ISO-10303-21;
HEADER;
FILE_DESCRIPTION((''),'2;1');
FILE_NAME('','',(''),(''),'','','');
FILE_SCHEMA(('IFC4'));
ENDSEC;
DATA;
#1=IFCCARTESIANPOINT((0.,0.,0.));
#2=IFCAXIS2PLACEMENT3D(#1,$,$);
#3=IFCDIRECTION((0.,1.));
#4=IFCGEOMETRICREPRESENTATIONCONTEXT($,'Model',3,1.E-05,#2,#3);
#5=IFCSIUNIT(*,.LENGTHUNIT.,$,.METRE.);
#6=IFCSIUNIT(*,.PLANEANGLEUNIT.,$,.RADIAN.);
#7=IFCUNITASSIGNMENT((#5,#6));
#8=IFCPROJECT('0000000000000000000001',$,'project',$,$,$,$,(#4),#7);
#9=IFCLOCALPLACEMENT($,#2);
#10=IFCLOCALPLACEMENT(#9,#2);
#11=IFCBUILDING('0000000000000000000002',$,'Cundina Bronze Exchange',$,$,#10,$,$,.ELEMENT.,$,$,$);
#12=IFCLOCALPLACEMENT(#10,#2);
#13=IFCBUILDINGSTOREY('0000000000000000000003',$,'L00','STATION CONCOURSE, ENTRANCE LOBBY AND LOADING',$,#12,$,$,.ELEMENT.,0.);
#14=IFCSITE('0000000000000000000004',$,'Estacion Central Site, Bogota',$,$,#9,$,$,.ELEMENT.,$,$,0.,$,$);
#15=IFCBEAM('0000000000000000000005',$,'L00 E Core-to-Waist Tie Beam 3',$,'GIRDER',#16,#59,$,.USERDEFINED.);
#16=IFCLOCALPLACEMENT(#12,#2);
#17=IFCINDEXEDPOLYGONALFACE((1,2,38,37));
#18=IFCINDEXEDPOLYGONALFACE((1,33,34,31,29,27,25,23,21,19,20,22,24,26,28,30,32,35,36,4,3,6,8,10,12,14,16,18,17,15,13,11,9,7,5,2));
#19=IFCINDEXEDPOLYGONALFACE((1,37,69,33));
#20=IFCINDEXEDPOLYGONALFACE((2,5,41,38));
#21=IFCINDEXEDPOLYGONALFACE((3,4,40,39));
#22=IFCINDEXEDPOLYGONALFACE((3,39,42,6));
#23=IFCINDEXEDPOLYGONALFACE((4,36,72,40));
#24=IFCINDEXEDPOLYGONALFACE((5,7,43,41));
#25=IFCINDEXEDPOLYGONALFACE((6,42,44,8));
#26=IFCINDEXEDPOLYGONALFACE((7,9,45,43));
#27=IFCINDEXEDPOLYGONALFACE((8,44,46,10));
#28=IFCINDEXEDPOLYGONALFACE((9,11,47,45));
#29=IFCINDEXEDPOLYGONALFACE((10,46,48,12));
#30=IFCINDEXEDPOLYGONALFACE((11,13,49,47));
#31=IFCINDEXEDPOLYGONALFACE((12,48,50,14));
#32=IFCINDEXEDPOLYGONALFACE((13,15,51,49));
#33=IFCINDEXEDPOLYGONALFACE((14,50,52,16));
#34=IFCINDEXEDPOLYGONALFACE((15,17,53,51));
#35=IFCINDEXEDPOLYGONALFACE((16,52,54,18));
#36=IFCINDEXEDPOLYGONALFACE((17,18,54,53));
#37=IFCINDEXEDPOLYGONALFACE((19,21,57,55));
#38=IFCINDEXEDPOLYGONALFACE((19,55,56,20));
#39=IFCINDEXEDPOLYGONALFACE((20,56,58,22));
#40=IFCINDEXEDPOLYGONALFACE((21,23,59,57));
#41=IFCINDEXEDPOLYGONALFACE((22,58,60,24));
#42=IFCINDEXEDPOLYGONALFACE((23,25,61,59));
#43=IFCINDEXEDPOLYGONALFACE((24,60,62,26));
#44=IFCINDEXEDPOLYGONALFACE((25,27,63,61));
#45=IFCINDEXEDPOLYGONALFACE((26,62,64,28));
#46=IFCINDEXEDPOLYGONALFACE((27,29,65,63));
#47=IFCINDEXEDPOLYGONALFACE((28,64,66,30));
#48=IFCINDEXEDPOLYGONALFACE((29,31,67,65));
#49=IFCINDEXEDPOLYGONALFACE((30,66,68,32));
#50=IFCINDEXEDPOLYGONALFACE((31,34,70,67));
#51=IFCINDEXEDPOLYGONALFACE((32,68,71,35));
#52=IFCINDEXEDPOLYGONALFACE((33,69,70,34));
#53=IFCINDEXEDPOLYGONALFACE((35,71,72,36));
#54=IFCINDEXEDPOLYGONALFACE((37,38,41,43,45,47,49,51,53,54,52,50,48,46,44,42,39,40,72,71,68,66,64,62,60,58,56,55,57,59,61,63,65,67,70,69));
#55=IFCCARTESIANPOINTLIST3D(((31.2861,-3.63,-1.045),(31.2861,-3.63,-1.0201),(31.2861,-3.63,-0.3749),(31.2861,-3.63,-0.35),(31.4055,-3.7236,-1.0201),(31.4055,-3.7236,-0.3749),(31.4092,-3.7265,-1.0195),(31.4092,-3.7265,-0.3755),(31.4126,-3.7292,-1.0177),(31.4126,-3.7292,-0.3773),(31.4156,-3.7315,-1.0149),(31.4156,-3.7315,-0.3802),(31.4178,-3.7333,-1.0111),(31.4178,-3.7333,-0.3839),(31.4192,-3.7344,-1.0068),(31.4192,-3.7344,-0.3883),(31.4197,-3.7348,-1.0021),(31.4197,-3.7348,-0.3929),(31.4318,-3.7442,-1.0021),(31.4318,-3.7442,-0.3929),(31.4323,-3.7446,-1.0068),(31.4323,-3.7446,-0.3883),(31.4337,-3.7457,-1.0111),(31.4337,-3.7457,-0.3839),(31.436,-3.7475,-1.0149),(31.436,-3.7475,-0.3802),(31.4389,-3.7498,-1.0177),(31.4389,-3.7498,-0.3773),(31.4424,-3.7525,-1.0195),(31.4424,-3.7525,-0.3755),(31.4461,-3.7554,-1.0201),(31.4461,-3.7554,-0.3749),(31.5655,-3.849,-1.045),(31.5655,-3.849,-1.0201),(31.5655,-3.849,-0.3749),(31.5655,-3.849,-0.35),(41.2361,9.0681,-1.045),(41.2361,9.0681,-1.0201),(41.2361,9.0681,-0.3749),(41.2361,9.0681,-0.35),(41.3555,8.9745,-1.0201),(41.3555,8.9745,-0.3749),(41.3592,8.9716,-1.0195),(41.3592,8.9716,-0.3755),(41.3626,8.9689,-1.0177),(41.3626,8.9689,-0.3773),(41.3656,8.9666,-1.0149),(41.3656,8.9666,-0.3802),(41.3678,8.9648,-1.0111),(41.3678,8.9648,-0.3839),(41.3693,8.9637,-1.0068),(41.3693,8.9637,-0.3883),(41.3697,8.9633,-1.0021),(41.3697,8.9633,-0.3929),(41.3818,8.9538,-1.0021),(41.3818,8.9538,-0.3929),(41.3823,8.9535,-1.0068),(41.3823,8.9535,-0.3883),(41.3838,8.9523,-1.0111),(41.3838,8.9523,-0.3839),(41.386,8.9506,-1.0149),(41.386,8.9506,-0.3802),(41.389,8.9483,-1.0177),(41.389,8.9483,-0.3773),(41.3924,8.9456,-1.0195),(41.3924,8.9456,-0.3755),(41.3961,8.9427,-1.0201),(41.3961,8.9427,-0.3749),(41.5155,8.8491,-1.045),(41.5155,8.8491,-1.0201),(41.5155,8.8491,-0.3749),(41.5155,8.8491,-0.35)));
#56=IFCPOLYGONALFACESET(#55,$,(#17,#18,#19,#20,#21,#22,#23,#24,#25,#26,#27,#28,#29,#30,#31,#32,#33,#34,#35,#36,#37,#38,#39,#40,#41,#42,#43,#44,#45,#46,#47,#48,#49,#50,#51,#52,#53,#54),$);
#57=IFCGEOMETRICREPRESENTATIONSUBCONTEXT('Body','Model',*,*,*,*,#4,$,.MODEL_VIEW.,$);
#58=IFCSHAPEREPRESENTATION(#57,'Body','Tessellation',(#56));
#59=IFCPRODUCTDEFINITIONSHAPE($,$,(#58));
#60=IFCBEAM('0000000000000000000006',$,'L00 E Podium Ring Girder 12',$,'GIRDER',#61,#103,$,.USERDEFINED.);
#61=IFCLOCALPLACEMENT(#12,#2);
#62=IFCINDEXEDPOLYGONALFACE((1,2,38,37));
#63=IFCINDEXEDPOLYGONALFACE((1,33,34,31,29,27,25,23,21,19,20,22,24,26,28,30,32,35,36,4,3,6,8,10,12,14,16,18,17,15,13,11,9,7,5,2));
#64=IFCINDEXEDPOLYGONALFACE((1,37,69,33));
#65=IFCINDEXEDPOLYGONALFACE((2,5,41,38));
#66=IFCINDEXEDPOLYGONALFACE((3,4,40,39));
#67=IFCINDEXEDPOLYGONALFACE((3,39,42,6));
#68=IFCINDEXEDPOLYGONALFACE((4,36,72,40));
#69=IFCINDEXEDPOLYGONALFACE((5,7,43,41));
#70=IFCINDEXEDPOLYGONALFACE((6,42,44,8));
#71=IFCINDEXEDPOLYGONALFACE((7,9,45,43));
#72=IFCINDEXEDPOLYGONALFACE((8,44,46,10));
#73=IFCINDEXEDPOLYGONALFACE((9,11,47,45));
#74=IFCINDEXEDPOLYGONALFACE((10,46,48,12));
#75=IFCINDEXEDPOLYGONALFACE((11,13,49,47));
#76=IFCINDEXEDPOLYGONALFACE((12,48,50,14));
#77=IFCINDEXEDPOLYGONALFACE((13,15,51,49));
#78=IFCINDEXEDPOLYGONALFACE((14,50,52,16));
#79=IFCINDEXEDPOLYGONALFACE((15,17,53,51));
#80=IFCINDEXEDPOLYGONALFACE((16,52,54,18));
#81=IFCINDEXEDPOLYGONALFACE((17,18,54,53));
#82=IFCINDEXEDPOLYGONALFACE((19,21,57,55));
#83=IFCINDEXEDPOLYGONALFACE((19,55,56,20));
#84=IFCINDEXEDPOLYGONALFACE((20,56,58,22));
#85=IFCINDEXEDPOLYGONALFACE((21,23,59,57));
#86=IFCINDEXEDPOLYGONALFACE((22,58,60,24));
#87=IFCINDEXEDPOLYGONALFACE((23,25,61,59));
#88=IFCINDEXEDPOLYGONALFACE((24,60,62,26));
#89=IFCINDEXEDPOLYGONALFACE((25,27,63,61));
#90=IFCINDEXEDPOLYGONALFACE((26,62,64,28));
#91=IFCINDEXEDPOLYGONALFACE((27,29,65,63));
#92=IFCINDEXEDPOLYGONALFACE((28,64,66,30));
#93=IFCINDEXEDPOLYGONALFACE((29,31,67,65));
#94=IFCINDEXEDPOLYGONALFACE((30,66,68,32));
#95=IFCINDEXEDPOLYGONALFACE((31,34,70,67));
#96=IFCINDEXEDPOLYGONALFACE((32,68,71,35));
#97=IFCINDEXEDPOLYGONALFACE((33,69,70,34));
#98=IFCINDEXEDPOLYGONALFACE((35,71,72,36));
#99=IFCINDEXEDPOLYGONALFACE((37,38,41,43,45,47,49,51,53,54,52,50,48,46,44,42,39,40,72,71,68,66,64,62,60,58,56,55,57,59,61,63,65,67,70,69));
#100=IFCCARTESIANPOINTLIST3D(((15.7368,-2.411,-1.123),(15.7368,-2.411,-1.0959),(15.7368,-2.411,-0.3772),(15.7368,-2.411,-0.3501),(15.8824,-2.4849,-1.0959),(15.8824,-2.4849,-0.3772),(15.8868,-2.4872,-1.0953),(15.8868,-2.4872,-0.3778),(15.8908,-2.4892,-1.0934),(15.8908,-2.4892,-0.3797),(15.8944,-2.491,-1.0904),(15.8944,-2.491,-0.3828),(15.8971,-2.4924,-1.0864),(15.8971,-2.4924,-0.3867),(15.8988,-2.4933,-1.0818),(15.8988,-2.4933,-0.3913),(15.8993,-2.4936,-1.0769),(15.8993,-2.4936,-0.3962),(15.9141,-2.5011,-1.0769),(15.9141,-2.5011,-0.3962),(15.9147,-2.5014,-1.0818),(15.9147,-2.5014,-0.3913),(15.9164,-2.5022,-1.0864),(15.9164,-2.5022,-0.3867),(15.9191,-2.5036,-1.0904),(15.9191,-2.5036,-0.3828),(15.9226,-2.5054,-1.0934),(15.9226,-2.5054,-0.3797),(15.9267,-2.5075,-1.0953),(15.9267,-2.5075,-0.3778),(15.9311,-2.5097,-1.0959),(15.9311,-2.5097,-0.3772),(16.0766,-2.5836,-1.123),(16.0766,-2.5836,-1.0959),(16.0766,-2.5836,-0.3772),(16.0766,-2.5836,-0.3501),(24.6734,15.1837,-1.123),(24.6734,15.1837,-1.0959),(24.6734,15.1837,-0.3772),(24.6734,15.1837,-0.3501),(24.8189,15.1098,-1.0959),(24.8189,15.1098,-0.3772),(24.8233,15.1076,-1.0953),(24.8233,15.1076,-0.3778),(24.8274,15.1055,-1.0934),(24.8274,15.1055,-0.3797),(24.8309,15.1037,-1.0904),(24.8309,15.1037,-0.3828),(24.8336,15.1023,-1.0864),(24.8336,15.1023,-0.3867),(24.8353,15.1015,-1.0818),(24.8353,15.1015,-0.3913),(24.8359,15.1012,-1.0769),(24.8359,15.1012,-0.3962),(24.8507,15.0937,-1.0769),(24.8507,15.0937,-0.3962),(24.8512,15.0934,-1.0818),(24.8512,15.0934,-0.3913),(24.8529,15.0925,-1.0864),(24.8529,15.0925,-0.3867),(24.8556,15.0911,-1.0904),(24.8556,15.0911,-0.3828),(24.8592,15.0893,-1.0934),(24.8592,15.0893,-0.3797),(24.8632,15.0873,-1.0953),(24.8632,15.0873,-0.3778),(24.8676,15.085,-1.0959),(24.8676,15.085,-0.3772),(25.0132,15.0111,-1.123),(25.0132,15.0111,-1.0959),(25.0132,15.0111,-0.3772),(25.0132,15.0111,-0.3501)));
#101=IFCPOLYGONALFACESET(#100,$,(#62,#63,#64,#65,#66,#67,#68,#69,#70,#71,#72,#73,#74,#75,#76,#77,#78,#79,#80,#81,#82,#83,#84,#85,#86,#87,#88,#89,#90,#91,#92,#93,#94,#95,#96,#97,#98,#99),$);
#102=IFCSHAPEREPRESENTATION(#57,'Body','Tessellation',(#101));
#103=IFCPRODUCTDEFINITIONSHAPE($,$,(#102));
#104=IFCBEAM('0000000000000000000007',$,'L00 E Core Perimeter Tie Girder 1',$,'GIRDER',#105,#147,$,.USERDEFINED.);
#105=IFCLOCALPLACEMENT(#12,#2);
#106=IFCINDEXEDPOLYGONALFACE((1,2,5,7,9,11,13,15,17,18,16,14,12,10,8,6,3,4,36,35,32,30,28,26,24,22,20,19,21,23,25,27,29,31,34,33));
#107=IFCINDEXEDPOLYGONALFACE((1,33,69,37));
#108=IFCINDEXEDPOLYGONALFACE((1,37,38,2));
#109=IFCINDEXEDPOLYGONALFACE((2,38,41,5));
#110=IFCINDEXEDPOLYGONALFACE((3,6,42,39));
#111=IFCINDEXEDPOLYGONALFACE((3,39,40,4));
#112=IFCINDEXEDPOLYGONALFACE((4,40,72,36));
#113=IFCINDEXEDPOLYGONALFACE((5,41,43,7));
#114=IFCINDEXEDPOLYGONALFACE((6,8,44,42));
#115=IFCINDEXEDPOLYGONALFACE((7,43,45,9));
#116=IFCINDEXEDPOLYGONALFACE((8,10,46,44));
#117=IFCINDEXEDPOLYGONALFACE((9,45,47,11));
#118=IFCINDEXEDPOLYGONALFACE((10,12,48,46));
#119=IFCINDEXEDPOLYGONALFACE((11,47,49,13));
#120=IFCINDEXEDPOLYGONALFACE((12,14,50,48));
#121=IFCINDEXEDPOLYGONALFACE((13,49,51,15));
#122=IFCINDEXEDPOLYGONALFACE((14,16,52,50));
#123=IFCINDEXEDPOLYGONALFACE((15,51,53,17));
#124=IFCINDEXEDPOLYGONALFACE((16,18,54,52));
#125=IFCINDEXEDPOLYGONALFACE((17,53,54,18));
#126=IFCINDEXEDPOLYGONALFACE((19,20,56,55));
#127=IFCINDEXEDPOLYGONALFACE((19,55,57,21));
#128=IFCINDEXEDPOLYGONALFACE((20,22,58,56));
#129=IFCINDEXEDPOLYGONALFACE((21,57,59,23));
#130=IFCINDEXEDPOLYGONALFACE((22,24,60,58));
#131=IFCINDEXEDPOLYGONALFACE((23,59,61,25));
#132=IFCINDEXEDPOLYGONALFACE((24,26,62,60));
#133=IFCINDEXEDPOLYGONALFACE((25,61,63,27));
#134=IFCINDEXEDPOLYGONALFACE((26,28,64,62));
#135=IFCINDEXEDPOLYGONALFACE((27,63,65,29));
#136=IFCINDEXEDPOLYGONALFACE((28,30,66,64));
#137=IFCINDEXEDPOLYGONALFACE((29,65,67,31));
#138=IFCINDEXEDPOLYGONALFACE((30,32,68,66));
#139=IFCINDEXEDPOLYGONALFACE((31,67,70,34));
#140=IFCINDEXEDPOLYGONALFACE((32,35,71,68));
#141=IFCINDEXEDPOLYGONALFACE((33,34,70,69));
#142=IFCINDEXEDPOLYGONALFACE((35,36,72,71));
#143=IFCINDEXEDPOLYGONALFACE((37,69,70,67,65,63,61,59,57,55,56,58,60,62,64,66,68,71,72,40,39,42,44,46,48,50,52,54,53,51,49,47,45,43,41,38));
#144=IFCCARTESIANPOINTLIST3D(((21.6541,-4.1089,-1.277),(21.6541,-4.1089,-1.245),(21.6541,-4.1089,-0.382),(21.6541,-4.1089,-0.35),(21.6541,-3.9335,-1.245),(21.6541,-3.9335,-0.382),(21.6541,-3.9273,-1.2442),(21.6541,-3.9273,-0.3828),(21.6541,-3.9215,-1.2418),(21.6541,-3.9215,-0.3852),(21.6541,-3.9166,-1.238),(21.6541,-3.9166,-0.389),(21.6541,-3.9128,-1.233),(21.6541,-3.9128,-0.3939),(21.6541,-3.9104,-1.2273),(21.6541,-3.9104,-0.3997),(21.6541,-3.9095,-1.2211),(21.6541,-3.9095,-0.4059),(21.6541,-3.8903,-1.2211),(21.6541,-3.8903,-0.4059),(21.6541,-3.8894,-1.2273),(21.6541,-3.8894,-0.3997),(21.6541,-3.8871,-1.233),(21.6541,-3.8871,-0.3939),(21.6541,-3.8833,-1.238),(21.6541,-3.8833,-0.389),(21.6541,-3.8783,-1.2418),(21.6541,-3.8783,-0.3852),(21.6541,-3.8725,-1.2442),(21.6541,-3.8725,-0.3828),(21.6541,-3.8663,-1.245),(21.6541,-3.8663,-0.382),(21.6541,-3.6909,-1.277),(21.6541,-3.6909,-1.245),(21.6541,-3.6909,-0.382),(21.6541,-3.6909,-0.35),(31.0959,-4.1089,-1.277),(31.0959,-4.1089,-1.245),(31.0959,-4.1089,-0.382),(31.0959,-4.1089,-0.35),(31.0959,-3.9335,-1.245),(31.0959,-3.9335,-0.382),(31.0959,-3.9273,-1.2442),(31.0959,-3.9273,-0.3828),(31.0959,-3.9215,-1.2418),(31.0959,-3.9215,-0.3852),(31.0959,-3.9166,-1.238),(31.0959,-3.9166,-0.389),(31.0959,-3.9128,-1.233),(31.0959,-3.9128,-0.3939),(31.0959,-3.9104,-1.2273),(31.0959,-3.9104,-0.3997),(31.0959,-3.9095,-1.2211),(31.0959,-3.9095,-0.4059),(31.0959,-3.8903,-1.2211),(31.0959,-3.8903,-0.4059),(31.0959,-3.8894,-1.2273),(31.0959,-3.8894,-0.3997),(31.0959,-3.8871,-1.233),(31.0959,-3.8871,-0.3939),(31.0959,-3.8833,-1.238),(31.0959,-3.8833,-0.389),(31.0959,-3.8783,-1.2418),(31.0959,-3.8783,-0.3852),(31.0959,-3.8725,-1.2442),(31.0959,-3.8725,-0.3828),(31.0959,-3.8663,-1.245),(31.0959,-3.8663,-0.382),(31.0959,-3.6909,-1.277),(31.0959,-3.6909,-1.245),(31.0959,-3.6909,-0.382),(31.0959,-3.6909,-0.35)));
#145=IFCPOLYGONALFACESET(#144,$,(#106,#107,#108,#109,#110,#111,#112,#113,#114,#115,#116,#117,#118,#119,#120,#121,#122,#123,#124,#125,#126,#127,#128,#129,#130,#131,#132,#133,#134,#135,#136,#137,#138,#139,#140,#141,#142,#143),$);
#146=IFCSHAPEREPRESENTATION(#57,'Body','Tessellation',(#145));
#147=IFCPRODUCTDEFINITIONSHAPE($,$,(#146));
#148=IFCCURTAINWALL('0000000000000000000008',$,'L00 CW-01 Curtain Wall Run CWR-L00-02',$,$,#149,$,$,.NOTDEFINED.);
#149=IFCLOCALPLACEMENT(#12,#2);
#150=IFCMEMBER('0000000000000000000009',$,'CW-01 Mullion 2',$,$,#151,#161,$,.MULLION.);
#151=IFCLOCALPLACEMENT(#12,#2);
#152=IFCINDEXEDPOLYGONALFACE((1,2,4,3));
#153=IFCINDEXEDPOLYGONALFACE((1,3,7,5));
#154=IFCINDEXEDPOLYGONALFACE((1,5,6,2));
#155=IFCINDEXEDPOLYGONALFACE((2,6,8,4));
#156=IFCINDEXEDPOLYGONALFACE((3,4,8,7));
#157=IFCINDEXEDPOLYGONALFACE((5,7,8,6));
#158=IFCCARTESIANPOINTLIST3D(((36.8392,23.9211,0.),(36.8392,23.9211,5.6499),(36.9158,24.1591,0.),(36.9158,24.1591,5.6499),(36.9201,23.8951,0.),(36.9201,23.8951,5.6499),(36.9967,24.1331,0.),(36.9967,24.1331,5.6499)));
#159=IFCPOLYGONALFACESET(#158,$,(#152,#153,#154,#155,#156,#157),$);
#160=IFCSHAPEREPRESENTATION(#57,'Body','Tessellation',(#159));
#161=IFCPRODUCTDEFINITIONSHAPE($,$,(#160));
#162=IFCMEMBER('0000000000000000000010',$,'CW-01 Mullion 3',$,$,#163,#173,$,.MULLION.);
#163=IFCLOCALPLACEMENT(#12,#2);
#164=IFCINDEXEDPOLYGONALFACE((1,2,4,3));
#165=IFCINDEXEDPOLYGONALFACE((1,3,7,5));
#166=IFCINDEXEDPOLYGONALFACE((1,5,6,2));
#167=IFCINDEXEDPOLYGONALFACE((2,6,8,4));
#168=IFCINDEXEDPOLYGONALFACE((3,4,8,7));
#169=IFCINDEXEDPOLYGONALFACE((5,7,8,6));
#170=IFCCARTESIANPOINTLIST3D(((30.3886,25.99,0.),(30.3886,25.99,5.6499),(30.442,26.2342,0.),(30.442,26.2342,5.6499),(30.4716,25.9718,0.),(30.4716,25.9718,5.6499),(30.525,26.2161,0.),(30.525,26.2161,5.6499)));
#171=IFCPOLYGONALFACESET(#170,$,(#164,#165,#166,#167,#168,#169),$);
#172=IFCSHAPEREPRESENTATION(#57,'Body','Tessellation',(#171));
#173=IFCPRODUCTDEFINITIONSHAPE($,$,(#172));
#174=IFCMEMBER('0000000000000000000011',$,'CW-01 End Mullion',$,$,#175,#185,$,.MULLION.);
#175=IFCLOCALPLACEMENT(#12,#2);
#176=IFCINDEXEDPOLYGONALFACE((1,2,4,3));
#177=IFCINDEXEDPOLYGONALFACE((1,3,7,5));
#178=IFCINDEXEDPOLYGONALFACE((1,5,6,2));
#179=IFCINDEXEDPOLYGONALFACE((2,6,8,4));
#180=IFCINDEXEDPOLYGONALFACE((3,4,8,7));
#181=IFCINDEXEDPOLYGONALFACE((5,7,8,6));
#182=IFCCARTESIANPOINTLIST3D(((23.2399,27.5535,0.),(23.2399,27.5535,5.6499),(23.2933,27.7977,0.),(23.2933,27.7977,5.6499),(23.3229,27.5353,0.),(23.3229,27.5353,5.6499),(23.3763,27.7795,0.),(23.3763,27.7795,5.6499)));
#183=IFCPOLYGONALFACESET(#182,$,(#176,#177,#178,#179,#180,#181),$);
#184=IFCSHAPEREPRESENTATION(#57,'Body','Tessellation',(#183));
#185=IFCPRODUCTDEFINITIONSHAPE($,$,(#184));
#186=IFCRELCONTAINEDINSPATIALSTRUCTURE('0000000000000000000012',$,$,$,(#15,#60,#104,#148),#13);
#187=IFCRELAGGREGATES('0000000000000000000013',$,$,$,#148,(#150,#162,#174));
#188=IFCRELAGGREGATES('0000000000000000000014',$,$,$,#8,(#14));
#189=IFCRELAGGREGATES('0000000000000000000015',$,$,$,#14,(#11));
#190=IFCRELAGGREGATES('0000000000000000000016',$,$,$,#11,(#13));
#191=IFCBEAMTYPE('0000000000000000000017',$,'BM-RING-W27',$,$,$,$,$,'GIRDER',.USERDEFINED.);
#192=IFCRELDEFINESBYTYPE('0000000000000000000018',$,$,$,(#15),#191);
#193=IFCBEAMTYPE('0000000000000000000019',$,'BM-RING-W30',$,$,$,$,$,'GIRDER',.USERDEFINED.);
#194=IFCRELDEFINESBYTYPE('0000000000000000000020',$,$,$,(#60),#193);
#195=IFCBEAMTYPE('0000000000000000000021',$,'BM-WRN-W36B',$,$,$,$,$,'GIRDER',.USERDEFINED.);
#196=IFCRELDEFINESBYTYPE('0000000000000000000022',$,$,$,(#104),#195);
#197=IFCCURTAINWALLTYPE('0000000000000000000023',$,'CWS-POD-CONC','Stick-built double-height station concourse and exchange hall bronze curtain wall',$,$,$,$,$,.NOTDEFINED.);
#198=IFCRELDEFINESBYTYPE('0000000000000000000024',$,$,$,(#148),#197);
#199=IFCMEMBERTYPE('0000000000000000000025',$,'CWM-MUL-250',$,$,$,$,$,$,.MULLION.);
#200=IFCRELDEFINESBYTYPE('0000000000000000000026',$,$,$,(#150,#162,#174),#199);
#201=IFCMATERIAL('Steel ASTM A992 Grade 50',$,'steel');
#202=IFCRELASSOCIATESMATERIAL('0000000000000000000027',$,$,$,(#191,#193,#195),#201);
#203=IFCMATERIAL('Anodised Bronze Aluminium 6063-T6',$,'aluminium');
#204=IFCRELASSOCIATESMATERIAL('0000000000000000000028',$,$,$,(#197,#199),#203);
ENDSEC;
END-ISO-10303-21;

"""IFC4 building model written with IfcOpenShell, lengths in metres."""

from ifc_helpers import new_model, si_unit, direction, frame, origin, origin_2d, place, context, subcontext, project, spatial, rectangle, i_section, extrude, material, material_profile, profile_set, type_object, element, aggregate, save


model = new_model("IFC4")

# Units and contexts
model_context = context("Model", 3, precision=1e-05, world=origin(), true_north=direction((0.0, 1.0)))
body_context = subcontext(model_context, "Body", "Model", "MODEL_VIEW")
ifc_project = project(units=[si_unit("LENGTHUNIT", "METRE"), si_unit("PLANEANGLEUNIT", "RADIAN")], contexts=[model_context])

# Site, building, storey
site_placement = place(None, origin())
site = spatial("IfcSite", under=ifc_project, at=site_placement, Name="Estacion Central Site, Bogota", CompositionType="ELEMENT", RefElevation=0.0)
building_placement = place(site_placement, origin())
building = spatial("IfcBuilding", under=site, at=building_placement, Name="Cundina Bronze Exchange", CompositionType="ELEMENT")
storey_placement = place(building_placement, origin())
storey = spatial("IfcBuildingStorey", under=building, at=storey_placement, Name="L00", Description="STATION CONCOURSE, ENTRANCE LOBBY AND LOADING", CompositionType="ELEMENT", Elevation=0.0)

# Shared definitions
ifc_material_1 = material(Name="Steel ASTM A992 Grade 50", Category="steel")

# Beams
ifc_material_profile_1 = material_profile(ifc_material_1, i_section(OverallWidth=0.355, OverallDepth=0.6951, WebThickness=0.0154, FlangeThickness=0.0249, FilletRadius=0.0181, at=origin_2d()), Name="W27X146", Category="steel")
ifc_profile_set_1 = profile_set([ifc_material_profile_1], Name="Steel ASTM A992 Grade 50")
beam_type_1 = type_object("IfcBeamType", Name="BM-RING-W27", ElementType="GIRDER", PredefinedType="USERDEFINED", material=ifc_profile_set_1)
beam_1_placement = place(storey_placement, frame((31.4258, -3.7395, -0.6975), z_axis=(0.616784, 0.787132, 0.0), x_axis=(-0.787132, 0.616784, 0.0)))
element("IfcBeam", 1, at=beam_1_placement, inside=storey, type_object=beam_type_1, Name="L00 E Core-to-Waist Tie Beam 3", ObjectType="GIRDER", PredefinedType="USERDEFINED", context=body_context, shape_type="SweptSolid", body=[
    extrude(i_section(OverallWidth=0.355, OverallDepth=0.6951, WebThickness=0.0154, FlangeThickness=0.0249, FilletRadius=0.0181, at=origin_2d()), origin(), (0.0, 0.0, 1.0), 16.1321),
])
ifc_material_profile_2 = material_profile(ifc_material_1, i_section(OverallWidth=0.3811, OverallDepth=0.7729, WebThickness=0.0166, FlangeThickness=0.0271, FilletRadius=0.019, at=origin_2d()), Name="W30X173", Category="steel")
ifc_profile_set_2 = profile_set([ifc_material_profile_2], Name="Steel ASTM A992 Grade 50")
beam_type_2 = type_object("IfcBeamType", Name="BM-RING-W30", ElementType="GIRDER", PredefinedType="USERDEFINED", material=ifc_profile_set_2)
beam_2_placement = place(storey_placement, frame((24.8433, 15.0974, -0.7366), z_axis=(-0.452846, -0.891589, 0.0), x_axis=(0.891589, -0.452846, 0.0)))
element("IfcBeam", 2, at=beam_2_placement, inside=storey, type_object=beam_type_2, Name="L00 E Podium Ring Girder 12", ObjectType="GIRDER", PredefinedType="USERDEFINED", context=body_context, shape_type="SweptSolid", body=[
    extrude(i_section(OverallWidth=0.3811, OverallDepth=0.7729, WebThickness=0.0166, FlangeThickness=0.0271, FilletRadius=0.019, at=origin_2d()), origin(), (0.0, 0.0, 1.0), 19.7341),
])
ifc_material_profile_3 = material_profile(ifc_material_1, i_section(OverallWidth=0.418, OverallDepth=0.927, WebThickness=0.0193, FlangeThickness=0.032, FilletRadius=0.0239, at=origin_2d()), Name="W36X231", Category="steel")
ifc_profile_set_3 = profile_set([ifc_material_profile_3], Name="Steel ASTM A992 Grade 50")
beam_type_3 = type_object("IfcBeamType", Name="BM-WRN-W36B", ElementType="GIRDER", PredefinedType="USERDEFINED", material=ifc_profile_set_3)
beam_3_placement = place(storey_placement, frame((31.0959, -3.8999, -0.8135), z_axis=(-1.0, 0.0, 0.0), x_axis=(0.0, -1.0, 0.0)))
element("IfcBeam", 3, at=beam_3_placement, inside=storey, type_object=beam_type_3, Name="L00 E Core Perimeter Tie Girder 1", ObjectType="GIRDER", PredefinedType="USERDEFINED", context=body_context, shape_type="SweptSolid", body=[
    extrude(i_section(OverallWidth=0.418, OverallDepth=0.927, WebThickness=0.0193, FlangeThickness=0.032, FilletRadius=0.0239, at=origin_2d()), origin(), (0.0, 0.0, 1.0), 9.4419),
])

# Curtain wall, members
ifc_material_2 = material(Name="Anodised Bronze Aluminium 6063-T6", Category="aluminium")
curtain_wall_type = type_object("IfcCurtainWallType", Name="CWS-POD-CONC", Description="Stick-built double-height station concourse and exchange hall bronze curtain wall", PredefinedType="NOTDEFINED", material=ifc_material_2)
curtain_wall_placement = place(storey_placement, origin())
curtain_wall = element("IfcCurtainWall", 4, at=curtain_wall_placement, inside=storey, type_object=curtain_wall_type, Name="L00 CW-01 Curtain Wall Run CWR-L00-02", PredefinedType="NOTDEFINED")
ifc_material_profile_4 = material_profile(ifc_material_2, rectangle(XDim=0.085, YDim=0.25, at=origin_2d()), Name="AL85X250", Category="aluminium")
ifc_profile_set_4 = profile_set([ifc_material_profile_4], Name="Anodised Bronze Aluminium 6063-T6")
member_type_1 = type_object("IfcMemberType", Name="CWM-MUL-250", PredefinedType="MULLION", material=ifc_profile_set_4)
member_1_placement = place(storey_placement, frame((36.918, 24.0271, 0.0), z_axis=(0.0, 0.0, 1.0), x_axis=(-0.951862, 0.306526, 0.0)))
member_1 = element("IfcMember", 5, at=member_1_placement, type_object=member_type_1, Name="CW-01 Mullion 2", PredefinedType="MULLION", context=body_context, shape_type="SweptSolid", body=[
    extrude(rectangle(XDim=0.085, YDim=0.25, at=origin_2d()), origin(), (0.0, 0.0, 1.0), 5.6499),
])
member_2_placement = place(storey_placement, frame((30.4568, 26.103, 0.0), z_axis=(0.0, 0.0, 1.0), x_axis=(-0.976897, 0.213712, 0.0)))
member_2 = element("IfcMember", 6, at=member_2_placement, type_object=member_type_1, Name="CW-01 Mullion 3", PredefinedType="MULLION", context=body_context, shape_type="SweptSolid", body=[
    extrude(rectangle(XDim=0.085, YDim=0.25, at=origin_2d()), origin(), (0.0, 0.0, 1.0), 5.6499),
])
member_3_placement = place(storey_placement, frame((23.3081, 27.6665, 0.0), z_axis=(0.0, 0.0, 1.0), x_axis=(-0.976897, 0.213712, 0.0)))
member_3 = element("IfcMember", 7, at=member_3_placement, type_object=member_type_1, Name="CW-01 End Mullion", PredefinedType="MULLION", context=body_context, shape_type="SweptSolid", body=[
    extrude(rectangle(XDim=0.085, YDim=0.25, at=origin_2d()), origin(), (0.0, 0.0, 1.0), 5.6499),
])
aggregate(curtain_wall, [member_1, member_2, member_3])

save(model, "model.ifc")
